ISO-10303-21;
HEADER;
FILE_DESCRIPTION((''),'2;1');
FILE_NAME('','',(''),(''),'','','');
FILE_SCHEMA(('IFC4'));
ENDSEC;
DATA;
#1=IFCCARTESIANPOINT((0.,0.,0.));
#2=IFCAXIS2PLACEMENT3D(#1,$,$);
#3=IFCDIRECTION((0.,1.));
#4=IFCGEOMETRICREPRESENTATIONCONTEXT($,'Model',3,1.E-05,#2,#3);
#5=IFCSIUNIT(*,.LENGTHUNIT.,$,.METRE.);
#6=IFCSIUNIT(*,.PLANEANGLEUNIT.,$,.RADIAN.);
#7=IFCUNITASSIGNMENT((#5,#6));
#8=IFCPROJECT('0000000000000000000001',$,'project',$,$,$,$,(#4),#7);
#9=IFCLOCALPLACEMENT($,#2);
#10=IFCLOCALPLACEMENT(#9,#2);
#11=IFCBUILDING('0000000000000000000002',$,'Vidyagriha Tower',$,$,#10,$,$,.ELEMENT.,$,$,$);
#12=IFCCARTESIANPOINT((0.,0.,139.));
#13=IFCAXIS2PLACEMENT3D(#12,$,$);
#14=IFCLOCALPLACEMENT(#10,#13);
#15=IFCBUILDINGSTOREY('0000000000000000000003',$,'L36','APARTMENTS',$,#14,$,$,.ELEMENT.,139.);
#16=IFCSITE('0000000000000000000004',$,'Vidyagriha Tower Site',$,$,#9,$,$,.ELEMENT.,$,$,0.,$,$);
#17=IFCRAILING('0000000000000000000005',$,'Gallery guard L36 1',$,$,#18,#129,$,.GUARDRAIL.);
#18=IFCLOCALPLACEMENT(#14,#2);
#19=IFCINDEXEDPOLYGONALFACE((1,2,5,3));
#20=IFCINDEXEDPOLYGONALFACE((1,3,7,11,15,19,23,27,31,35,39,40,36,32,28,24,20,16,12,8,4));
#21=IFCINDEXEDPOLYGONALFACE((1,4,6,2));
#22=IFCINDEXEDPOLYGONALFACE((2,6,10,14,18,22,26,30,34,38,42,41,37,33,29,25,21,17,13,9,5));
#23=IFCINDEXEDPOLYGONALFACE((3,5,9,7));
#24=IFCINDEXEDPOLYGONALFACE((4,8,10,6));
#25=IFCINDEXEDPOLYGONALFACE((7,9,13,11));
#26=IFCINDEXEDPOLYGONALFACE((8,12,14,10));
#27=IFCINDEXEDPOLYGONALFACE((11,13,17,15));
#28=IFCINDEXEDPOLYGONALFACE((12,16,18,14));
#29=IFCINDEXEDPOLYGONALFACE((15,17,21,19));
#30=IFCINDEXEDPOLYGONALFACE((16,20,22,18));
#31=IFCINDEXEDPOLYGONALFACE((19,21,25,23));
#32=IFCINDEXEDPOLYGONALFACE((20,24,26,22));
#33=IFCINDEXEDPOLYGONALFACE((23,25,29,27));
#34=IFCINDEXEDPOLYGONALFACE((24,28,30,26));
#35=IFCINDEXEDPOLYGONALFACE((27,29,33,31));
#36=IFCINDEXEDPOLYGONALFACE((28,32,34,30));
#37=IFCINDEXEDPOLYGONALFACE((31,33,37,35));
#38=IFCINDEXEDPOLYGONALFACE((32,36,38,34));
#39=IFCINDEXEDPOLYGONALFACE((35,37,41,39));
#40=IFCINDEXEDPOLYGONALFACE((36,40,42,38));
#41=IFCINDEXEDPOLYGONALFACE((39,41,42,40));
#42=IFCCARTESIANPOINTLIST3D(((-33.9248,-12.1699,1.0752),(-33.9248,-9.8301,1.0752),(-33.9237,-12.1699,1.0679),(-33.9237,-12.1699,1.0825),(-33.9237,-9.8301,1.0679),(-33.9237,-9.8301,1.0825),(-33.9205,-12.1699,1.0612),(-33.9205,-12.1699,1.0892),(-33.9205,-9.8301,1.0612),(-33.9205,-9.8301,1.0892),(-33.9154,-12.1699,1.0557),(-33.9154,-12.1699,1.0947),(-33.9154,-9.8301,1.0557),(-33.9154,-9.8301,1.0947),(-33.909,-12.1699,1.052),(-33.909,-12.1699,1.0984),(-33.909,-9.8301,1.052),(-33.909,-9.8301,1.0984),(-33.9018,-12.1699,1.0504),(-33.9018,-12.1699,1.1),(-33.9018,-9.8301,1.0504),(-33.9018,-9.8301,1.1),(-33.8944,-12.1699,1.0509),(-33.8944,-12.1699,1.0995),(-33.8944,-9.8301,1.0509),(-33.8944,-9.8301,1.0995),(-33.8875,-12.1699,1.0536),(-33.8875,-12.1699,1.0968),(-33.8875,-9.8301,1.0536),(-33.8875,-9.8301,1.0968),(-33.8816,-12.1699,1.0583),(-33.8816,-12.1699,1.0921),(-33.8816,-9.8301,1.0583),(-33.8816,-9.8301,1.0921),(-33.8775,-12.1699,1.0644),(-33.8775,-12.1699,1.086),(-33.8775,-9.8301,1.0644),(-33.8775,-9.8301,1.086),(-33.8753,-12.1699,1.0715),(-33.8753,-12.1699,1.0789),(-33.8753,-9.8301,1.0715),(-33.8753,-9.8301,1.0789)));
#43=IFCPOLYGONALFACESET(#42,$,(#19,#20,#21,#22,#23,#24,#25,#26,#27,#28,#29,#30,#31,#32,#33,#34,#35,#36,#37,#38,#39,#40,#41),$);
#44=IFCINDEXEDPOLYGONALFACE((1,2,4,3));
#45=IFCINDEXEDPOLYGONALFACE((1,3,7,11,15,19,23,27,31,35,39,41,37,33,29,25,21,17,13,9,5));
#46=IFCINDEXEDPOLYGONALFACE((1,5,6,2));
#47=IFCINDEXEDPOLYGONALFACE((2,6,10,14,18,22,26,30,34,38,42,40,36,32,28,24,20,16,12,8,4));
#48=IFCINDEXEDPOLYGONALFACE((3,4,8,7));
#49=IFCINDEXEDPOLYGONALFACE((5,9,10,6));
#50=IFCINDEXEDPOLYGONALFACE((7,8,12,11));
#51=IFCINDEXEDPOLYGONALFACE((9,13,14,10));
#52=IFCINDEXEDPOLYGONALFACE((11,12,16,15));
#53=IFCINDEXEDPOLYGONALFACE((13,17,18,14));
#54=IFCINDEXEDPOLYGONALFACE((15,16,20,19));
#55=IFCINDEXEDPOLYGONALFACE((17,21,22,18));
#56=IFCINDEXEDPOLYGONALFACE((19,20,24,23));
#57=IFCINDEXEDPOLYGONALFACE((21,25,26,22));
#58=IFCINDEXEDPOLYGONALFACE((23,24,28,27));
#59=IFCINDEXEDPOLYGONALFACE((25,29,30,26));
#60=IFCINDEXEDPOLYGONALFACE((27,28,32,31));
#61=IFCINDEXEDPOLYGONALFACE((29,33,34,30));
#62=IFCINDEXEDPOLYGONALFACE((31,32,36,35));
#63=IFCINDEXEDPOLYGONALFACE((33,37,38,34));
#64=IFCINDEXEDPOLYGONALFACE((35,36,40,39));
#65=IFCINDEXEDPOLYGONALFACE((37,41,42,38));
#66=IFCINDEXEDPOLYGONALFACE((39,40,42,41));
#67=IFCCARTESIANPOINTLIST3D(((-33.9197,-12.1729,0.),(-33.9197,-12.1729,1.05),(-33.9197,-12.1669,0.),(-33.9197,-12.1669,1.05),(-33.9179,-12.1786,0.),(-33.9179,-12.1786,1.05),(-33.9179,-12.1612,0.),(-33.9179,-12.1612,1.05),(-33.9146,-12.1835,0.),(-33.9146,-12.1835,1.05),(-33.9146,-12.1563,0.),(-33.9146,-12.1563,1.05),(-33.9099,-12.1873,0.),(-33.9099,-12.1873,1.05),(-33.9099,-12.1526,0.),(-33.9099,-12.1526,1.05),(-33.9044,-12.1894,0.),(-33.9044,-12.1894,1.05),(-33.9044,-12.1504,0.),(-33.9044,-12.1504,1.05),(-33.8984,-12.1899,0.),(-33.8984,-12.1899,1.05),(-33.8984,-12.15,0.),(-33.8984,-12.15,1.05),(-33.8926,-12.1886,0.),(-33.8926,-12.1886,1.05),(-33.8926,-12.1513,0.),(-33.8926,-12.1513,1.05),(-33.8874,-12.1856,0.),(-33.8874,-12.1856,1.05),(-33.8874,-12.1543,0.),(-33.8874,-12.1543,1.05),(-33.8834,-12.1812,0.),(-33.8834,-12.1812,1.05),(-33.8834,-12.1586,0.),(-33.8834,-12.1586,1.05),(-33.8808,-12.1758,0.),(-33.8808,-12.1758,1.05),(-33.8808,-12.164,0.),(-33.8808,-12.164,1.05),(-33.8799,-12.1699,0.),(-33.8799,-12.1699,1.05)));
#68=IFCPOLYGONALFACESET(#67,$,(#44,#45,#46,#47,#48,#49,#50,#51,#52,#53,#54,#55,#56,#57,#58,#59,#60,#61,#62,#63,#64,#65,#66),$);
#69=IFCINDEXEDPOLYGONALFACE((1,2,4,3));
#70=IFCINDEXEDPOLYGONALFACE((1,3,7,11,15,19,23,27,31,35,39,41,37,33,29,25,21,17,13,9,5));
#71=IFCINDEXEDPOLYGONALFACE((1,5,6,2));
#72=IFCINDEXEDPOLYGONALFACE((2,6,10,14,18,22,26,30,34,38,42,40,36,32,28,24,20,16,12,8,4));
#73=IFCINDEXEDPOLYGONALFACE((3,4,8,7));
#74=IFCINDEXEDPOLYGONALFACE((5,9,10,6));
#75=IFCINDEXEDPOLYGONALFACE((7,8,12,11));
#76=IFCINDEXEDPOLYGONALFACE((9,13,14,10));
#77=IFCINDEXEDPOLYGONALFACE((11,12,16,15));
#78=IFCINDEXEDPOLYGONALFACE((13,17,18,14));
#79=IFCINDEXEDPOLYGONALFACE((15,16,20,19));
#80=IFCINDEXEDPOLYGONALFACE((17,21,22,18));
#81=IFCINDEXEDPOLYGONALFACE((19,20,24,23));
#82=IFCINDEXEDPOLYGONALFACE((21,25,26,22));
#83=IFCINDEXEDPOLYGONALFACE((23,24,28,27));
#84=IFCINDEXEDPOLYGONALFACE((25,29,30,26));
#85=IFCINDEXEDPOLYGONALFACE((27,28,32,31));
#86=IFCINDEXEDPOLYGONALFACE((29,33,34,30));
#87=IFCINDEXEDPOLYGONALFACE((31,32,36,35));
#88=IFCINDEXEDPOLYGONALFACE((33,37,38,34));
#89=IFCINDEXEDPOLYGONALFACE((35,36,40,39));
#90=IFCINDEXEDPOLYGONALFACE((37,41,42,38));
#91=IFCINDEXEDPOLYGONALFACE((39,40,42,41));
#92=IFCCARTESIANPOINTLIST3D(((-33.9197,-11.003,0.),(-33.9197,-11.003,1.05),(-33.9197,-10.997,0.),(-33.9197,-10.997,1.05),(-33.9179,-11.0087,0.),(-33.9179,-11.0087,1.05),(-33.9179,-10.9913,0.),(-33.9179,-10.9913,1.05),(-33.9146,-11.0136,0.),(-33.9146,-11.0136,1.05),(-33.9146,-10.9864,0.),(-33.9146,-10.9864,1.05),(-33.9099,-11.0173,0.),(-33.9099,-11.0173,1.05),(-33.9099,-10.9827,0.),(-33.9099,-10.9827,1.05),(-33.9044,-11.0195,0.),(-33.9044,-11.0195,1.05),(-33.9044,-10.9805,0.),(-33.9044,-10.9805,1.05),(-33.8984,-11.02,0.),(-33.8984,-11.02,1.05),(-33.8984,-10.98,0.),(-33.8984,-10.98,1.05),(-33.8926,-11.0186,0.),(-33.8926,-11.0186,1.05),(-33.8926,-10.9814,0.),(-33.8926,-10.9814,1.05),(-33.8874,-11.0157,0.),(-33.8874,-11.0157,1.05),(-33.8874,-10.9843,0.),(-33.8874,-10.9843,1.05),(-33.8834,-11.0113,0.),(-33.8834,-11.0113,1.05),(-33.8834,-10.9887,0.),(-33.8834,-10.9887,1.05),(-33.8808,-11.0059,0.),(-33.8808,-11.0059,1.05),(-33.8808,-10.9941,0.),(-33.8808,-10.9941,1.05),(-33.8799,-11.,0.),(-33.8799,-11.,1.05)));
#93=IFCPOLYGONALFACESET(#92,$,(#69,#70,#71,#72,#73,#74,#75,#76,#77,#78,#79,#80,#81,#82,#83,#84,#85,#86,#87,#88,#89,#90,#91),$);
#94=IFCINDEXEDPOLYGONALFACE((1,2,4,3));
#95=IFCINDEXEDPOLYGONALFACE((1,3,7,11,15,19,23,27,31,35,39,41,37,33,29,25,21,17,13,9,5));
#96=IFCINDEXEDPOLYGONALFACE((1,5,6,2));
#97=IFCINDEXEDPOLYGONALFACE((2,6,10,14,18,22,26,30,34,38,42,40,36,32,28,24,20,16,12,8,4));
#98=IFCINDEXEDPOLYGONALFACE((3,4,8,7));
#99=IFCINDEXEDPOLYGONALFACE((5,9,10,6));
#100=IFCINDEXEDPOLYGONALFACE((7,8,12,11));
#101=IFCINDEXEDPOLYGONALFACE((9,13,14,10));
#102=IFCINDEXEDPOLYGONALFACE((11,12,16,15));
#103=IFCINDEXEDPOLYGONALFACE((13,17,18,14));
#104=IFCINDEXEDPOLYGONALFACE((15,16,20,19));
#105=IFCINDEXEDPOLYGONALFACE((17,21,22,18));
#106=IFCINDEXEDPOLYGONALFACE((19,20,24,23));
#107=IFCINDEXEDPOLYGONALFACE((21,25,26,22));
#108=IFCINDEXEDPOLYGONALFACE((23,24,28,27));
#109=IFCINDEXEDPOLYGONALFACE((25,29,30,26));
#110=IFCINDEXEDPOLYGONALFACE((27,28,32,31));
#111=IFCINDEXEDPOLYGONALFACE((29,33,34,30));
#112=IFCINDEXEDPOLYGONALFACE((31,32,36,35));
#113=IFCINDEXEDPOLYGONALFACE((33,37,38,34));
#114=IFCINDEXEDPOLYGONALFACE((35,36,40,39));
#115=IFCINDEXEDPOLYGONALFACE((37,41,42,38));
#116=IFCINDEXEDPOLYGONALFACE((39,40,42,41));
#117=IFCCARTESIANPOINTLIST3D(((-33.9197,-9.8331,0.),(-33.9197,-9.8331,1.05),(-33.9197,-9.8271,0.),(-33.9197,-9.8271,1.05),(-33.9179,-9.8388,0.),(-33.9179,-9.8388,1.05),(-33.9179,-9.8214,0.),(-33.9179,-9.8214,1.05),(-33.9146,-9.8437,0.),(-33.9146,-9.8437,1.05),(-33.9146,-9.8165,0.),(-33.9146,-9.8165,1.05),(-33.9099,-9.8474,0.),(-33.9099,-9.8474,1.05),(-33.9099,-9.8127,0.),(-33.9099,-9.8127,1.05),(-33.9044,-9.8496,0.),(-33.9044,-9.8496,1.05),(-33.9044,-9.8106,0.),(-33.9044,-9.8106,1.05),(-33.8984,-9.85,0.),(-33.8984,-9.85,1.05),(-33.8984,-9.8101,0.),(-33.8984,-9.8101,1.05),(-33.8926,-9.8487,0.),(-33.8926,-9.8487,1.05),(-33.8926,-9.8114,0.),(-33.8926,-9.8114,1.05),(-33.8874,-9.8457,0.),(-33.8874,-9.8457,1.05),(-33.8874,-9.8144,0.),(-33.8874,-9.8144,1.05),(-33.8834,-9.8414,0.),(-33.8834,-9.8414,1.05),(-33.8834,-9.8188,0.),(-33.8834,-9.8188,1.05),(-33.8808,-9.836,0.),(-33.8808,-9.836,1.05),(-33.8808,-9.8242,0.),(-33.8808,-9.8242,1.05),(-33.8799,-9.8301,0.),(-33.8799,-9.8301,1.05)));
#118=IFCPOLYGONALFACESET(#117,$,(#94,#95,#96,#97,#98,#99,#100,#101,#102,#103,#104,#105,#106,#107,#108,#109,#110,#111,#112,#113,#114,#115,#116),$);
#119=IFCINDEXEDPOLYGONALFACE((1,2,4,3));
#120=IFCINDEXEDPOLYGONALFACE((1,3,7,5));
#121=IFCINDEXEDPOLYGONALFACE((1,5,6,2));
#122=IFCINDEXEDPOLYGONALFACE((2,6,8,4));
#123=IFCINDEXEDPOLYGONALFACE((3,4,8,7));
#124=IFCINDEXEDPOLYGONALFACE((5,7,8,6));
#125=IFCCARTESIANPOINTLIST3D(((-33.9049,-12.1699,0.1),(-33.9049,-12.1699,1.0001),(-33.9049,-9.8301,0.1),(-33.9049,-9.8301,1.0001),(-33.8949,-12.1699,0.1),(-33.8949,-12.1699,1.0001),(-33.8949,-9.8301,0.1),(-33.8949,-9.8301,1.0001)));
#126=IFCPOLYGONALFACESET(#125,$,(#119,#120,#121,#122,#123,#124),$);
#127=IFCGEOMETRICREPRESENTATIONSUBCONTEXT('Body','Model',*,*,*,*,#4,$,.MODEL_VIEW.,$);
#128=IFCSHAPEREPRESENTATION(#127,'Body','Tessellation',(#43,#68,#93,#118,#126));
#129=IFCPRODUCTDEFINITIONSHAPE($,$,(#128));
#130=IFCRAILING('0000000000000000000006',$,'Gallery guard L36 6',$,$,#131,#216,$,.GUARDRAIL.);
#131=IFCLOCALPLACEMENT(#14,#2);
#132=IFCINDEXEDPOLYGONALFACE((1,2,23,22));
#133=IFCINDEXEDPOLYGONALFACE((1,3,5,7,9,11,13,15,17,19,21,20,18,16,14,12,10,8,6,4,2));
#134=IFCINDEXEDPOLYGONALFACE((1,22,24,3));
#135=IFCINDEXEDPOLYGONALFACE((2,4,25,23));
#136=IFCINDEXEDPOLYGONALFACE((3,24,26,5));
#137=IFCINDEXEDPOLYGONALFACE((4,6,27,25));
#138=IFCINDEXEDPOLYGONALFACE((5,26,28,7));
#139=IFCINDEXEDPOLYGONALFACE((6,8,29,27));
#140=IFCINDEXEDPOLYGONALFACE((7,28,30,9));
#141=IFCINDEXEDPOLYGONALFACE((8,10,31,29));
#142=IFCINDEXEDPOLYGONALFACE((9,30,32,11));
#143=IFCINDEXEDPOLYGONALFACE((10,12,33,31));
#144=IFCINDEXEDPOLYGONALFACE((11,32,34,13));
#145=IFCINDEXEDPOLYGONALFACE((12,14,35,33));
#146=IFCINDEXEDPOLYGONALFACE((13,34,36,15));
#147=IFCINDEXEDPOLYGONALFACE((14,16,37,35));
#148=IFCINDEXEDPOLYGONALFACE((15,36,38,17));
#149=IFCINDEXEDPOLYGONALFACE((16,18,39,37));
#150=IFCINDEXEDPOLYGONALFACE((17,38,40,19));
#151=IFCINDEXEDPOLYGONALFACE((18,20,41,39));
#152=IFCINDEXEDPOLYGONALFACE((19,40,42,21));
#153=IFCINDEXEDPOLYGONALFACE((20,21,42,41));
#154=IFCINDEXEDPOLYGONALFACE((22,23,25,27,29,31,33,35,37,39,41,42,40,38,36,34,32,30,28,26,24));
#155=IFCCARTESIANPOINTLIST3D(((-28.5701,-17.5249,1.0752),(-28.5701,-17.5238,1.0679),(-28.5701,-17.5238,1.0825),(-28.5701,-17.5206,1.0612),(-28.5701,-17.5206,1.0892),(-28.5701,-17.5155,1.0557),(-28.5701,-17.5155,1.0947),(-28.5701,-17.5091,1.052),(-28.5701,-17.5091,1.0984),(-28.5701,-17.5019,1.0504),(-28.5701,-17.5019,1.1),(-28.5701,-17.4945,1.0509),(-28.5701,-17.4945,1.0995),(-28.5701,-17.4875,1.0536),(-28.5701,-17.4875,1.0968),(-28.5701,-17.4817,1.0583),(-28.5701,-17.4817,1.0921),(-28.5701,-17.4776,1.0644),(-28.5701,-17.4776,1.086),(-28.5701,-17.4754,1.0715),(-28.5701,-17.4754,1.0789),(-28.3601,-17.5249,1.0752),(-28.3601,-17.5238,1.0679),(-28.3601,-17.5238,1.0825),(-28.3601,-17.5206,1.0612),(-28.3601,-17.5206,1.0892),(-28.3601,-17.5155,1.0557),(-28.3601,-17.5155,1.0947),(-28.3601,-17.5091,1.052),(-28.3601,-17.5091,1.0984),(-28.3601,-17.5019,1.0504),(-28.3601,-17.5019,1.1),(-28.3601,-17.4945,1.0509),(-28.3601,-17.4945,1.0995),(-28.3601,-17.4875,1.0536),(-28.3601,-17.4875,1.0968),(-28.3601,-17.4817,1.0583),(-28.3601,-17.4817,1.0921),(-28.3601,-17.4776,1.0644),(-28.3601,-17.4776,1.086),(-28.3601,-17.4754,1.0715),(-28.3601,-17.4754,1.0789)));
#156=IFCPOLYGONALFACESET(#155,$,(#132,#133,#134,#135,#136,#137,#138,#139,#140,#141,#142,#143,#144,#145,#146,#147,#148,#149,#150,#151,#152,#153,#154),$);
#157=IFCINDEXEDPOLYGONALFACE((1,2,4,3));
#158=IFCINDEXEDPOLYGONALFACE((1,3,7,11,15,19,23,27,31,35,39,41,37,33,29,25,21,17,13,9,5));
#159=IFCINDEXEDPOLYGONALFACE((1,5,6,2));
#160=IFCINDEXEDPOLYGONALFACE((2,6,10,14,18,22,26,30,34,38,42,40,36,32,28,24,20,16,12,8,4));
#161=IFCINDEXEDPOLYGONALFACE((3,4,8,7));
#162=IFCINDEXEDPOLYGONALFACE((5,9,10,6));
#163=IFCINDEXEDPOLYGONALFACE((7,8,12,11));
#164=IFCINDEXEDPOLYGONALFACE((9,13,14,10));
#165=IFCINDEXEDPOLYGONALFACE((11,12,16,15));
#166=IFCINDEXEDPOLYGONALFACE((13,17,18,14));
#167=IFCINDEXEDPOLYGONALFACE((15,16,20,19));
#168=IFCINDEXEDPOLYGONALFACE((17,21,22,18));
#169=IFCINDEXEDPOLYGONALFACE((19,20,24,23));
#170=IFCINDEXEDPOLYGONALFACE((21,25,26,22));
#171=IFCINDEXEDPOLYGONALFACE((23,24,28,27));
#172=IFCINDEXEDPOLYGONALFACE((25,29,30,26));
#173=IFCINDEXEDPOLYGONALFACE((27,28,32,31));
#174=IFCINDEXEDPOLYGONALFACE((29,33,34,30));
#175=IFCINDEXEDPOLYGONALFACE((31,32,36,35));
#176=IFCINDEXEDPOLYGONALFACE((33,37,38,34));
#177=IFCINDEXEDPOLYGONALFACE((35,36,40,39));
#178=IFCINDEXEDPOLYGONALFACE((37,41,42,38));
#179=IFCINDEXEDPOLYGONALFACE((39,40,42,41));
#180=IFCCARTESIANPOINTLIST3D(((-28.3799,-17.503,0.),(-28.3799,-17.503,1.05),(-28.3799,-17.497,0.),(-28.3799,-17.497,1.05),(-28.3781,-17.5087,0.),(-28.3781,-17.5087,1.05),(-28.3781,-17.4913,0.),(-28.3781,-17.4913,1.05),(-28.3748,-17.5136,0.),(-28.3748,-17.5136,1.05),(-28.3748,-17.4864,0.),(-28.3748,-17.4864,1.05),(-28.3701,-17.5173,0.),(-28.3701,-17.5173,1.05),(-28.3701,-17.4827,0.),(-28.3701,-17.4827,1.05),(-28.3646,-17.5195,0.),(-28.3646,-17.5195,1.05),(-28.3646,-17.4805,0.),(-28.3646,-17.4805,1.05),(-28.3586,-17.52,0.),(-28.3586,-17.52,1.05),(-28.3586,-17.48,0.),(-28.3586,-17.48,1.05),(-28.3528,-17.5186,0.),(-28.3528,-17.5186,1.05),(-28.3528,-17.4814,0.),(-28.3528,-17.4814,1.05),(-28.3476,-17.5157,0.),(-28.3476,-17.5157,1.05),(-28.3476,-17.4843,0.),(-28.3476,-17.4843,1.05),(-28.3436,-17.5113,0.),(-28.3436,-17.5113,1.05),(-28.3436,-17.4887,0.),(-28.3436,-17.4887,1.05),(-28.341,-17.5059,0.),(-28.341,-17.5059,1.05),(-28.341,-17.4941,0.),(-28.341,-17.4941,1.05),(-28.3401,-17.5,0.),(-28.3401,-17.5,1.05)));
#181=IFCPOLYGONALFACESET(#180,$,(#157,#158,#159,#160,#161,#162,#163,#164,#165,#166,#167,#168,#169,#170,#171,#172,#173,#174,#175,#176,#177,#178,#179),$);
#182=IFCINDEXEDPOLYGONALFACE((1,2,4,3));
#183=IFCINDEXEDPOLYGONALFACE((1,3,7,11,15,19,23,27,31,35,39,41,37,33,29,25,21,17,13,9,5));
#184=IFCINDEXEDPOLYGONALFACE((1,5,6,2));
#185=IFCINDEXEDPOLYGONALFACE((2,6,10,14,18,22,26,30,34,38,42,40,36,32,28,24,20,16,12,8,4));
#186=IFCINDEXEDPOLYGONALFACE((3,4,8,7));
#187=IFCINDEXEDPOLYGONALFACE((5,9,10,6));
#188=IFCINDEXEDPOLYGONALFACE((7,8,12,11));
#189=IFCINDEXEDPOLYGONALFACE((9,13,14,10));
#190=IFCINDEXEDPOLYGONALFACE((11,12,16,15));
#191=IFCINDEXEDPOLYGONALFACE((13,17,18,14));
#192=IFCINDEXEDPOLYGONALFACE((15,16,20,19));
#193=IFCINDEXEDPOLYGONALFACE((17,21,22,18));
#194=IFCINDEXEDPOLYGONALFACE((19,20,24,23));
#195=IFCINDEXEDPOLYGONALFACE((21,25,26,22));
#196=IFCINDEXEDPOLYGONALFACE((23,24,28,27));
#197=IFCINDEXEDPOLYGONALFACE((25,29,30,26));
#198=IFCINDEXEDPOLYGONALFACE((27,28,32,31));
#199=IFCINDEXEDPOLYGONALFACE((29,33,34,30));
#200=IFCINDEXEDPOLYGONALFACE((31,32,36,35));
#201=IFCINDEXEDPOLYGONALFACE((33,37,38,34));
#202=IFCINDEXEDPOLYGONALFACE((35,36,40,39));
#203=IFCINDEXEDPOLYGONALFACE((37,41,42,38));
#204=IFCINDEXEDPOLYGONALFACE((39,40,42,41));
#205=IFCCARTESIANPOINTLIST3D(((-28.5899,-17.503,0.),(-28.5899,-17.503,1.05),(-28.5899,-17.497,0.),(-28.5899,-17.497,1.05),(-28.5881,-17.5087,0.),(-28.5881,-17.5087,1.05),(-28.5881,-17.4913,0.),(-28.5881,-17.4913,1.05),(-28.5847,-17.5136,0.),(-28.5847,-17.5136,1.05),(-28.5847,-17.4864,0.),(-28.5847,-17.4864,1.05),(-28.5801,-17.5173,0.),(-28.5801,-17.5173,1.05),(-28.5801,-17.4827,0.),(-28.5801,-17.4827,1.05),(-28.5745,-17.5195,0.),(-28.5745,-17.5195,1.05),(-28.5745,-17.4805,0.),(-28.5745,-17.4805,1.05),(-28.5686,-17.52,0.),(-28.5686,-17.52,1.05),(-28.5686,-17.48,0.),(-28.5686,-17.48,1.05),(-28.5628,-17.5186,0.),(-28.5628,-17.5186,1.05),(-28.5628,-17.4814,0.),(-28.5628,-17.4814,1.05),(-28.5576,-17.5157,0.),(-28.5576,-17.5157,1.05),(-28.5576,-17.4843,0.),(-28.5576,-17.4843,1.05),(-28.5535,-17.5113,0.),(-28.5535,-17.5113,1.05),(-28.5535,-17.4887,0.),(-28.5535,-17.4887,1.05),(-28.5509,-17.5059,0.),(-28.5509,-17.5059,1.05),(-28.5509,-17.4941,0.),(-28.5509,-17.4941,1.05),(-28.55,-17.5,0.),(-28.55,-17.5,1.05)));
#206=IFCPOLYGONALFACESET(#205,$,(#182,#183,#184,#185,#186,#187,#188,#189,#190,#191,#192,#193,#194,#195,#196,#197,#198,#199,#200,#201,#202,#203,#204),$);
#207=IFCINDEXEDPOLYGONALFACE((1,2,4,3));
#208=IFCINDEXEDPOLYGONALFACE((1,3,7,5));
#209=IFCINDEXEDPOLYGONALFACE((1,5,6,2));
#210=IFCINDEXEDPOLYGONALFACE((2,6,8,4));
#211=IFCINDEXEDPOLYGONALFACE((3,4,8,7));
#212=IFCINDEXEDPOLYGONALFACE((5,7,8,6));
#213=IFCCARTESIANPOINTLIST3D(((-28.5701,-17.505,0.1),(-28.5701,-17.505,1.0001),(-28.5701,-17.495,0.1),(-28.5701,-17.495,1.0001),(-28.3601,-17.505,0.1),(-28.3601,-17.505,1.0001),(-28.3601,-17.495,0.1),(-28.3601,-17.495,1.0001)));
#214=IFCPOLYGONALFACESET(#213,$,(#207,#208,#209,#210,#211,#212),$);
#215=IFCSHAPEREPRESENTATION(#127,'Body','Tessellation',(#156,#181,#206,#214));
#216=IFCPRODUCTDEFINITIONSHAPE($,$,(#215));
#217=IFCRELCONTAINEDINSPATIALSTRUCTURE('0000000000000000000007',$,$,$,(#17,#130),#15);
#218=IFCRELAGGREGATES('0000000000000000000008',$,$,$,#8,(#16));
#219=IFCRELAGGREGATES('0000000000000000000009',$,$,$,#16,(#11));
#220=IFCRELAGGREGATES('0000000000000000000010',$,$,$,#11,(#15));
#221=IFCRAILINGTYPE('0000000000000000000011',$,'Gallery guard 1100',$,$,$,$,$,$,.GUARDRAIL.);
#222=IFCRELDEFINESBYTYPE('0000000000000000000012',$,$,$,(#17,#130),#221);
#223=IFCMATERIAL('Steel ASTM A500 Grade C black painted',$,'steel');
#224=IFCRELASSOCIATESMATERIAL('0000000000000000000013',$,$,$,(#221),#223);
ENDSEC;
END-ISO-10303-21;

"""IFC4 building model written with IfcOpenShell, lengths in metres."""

from ifc_helpers import new_model, si_unit, direction, frame, origin, origin_2d, place, context, subcontext, project, spatial, rectangle, circle, extrude, material, type_object, element, save


model = new_model("IFC4")

# Units and contexts
model_context = context("Model", 3, precision=1e-05, world=origin(), true_north=direction((0.0, 1.0)))
body_context = subcontext(model_context, "Body", "Model", "MODEL_VIEW")
ifc_project = project(units=[si_unit("LENGTHUNIT", "METRE"), si_unit("PLANEANGLEUNIT", "RADIAN")], contexts=[model_context])

# Site, building, storey
site_placement = place(None, origin())
site = spatial("IfcSite", under=ifc_project, at=site_placement, Name="Vidyagriha Tower Site", CompositionType="ELEMENT", RefElevation=0.0)
building_placement = place(site_placement, origin())
building = spatial("IfcBuilding", under=site, at=building_placement, Name="Vidyagriha Tower", CompositionType="ELEMENT")
storey_placement = place(building_placement, frame((0.0, 0.0, 139.0)))
storey = spatial("IfcBuildingStorey", under=building, at=storey_placement, Name="L36", Description="APARTMENTS", CompositionType="ELEMENT", Elevation=139.0)

# Railings
ifc_material_1 = material(Name="Steel ASTM A500 Grade C black painted", Category="steel")
railing_type_1 = type_object("IfcRailingType", Name="Gallery guard 1100", PredefinedType="GUARDRAIL", material=ifc_material_1)
railing_1_placement = place(storey_placement, frame((-33.8999, -12.1699, 0.0)))
element("IfcRailing", 1, at=railing_1_placement, inside=storey, type_object=railing_type_1, Name="Gallery guard L36 1", PredefinedType="GUARDRAIL", context=body_context, shape_type="SweptSolid", body=[
    extrude(circle(Radius=0.0249, at=origin_2d()), frame((0.0, 0.0, 1.0752), z_axis=(0.0, 1.0, 0.0), x_axis=(-1.0, 0.0, 0.0)), (0.0, 0.0, 1.0), 2.3398),
    extrude(circle(Radius=0.02, at=origin_2d()), origin(), (0.0, 0.0, 1.0), 1.05),
    extrude(circle(Radius=0.02, at=origin_2d()), frame((0.0, 1.1699, 0.0)), (0.0, 0.0, 1.0), 1.05),
    extrude(circle(Radius=0.02, at=origin_2d()), frame((0.0, 2.3398, 0.0)), (0.0, 0.0, 1.0), 1.05),
    extrude(rectangle(XDim=0.01, YDim=0.9001, at=origin_2d()), frame((0.0, 0.0, 0.55), z_axis=(0.0, 1.0, 0.0), x_axis=(-1.0, 0.0, 0.0)), (0.0, 0.0, 1.0), 2.3398),
])
railing_2_placement = place(storey_placement, frame((-28.3601, -17.5, 0.0)))
element("IfcRailing", 2, at=railing_2_placement, inside=storey, type_object=railing_type_1, Name="Gallery guard L36 6", PredefinedType="GUARDRAIL", context=body_context, shape_type="SweptSolid", body=[
    extrude(circle(Radius=0.0249, at=origin_2d()), frame((0.0, 0.0, 1.0752), z_axis=(-1.0, 0.0, 0.0), x_axis=(0.0, -1.0, 0.0)), (0.0, 0.0, 1.0), 0.21),
    extrude(circle(Radius=0.02, at=origin_2d()), origin(), (0.0, 0.0, 1.0), 1.05),
    extrude(circle(Radius=0.02, at=origin_2d()), frame((-0.21, 0.0, 0.0)), (0.0, 0.0, 1.0), 1.05),
    extrude(rectangle(XDim=0.01, YDim=0.9001, at=origin_2d()), frame((0.0, 0.0, 0.55), z_axis=(-1.0, 0.0, 0.0), x_axis=(0.0, -1.0, 0.0)), (0.0, 0.0, 1.0), 0.21),
])

save(model, "model.ifc")
